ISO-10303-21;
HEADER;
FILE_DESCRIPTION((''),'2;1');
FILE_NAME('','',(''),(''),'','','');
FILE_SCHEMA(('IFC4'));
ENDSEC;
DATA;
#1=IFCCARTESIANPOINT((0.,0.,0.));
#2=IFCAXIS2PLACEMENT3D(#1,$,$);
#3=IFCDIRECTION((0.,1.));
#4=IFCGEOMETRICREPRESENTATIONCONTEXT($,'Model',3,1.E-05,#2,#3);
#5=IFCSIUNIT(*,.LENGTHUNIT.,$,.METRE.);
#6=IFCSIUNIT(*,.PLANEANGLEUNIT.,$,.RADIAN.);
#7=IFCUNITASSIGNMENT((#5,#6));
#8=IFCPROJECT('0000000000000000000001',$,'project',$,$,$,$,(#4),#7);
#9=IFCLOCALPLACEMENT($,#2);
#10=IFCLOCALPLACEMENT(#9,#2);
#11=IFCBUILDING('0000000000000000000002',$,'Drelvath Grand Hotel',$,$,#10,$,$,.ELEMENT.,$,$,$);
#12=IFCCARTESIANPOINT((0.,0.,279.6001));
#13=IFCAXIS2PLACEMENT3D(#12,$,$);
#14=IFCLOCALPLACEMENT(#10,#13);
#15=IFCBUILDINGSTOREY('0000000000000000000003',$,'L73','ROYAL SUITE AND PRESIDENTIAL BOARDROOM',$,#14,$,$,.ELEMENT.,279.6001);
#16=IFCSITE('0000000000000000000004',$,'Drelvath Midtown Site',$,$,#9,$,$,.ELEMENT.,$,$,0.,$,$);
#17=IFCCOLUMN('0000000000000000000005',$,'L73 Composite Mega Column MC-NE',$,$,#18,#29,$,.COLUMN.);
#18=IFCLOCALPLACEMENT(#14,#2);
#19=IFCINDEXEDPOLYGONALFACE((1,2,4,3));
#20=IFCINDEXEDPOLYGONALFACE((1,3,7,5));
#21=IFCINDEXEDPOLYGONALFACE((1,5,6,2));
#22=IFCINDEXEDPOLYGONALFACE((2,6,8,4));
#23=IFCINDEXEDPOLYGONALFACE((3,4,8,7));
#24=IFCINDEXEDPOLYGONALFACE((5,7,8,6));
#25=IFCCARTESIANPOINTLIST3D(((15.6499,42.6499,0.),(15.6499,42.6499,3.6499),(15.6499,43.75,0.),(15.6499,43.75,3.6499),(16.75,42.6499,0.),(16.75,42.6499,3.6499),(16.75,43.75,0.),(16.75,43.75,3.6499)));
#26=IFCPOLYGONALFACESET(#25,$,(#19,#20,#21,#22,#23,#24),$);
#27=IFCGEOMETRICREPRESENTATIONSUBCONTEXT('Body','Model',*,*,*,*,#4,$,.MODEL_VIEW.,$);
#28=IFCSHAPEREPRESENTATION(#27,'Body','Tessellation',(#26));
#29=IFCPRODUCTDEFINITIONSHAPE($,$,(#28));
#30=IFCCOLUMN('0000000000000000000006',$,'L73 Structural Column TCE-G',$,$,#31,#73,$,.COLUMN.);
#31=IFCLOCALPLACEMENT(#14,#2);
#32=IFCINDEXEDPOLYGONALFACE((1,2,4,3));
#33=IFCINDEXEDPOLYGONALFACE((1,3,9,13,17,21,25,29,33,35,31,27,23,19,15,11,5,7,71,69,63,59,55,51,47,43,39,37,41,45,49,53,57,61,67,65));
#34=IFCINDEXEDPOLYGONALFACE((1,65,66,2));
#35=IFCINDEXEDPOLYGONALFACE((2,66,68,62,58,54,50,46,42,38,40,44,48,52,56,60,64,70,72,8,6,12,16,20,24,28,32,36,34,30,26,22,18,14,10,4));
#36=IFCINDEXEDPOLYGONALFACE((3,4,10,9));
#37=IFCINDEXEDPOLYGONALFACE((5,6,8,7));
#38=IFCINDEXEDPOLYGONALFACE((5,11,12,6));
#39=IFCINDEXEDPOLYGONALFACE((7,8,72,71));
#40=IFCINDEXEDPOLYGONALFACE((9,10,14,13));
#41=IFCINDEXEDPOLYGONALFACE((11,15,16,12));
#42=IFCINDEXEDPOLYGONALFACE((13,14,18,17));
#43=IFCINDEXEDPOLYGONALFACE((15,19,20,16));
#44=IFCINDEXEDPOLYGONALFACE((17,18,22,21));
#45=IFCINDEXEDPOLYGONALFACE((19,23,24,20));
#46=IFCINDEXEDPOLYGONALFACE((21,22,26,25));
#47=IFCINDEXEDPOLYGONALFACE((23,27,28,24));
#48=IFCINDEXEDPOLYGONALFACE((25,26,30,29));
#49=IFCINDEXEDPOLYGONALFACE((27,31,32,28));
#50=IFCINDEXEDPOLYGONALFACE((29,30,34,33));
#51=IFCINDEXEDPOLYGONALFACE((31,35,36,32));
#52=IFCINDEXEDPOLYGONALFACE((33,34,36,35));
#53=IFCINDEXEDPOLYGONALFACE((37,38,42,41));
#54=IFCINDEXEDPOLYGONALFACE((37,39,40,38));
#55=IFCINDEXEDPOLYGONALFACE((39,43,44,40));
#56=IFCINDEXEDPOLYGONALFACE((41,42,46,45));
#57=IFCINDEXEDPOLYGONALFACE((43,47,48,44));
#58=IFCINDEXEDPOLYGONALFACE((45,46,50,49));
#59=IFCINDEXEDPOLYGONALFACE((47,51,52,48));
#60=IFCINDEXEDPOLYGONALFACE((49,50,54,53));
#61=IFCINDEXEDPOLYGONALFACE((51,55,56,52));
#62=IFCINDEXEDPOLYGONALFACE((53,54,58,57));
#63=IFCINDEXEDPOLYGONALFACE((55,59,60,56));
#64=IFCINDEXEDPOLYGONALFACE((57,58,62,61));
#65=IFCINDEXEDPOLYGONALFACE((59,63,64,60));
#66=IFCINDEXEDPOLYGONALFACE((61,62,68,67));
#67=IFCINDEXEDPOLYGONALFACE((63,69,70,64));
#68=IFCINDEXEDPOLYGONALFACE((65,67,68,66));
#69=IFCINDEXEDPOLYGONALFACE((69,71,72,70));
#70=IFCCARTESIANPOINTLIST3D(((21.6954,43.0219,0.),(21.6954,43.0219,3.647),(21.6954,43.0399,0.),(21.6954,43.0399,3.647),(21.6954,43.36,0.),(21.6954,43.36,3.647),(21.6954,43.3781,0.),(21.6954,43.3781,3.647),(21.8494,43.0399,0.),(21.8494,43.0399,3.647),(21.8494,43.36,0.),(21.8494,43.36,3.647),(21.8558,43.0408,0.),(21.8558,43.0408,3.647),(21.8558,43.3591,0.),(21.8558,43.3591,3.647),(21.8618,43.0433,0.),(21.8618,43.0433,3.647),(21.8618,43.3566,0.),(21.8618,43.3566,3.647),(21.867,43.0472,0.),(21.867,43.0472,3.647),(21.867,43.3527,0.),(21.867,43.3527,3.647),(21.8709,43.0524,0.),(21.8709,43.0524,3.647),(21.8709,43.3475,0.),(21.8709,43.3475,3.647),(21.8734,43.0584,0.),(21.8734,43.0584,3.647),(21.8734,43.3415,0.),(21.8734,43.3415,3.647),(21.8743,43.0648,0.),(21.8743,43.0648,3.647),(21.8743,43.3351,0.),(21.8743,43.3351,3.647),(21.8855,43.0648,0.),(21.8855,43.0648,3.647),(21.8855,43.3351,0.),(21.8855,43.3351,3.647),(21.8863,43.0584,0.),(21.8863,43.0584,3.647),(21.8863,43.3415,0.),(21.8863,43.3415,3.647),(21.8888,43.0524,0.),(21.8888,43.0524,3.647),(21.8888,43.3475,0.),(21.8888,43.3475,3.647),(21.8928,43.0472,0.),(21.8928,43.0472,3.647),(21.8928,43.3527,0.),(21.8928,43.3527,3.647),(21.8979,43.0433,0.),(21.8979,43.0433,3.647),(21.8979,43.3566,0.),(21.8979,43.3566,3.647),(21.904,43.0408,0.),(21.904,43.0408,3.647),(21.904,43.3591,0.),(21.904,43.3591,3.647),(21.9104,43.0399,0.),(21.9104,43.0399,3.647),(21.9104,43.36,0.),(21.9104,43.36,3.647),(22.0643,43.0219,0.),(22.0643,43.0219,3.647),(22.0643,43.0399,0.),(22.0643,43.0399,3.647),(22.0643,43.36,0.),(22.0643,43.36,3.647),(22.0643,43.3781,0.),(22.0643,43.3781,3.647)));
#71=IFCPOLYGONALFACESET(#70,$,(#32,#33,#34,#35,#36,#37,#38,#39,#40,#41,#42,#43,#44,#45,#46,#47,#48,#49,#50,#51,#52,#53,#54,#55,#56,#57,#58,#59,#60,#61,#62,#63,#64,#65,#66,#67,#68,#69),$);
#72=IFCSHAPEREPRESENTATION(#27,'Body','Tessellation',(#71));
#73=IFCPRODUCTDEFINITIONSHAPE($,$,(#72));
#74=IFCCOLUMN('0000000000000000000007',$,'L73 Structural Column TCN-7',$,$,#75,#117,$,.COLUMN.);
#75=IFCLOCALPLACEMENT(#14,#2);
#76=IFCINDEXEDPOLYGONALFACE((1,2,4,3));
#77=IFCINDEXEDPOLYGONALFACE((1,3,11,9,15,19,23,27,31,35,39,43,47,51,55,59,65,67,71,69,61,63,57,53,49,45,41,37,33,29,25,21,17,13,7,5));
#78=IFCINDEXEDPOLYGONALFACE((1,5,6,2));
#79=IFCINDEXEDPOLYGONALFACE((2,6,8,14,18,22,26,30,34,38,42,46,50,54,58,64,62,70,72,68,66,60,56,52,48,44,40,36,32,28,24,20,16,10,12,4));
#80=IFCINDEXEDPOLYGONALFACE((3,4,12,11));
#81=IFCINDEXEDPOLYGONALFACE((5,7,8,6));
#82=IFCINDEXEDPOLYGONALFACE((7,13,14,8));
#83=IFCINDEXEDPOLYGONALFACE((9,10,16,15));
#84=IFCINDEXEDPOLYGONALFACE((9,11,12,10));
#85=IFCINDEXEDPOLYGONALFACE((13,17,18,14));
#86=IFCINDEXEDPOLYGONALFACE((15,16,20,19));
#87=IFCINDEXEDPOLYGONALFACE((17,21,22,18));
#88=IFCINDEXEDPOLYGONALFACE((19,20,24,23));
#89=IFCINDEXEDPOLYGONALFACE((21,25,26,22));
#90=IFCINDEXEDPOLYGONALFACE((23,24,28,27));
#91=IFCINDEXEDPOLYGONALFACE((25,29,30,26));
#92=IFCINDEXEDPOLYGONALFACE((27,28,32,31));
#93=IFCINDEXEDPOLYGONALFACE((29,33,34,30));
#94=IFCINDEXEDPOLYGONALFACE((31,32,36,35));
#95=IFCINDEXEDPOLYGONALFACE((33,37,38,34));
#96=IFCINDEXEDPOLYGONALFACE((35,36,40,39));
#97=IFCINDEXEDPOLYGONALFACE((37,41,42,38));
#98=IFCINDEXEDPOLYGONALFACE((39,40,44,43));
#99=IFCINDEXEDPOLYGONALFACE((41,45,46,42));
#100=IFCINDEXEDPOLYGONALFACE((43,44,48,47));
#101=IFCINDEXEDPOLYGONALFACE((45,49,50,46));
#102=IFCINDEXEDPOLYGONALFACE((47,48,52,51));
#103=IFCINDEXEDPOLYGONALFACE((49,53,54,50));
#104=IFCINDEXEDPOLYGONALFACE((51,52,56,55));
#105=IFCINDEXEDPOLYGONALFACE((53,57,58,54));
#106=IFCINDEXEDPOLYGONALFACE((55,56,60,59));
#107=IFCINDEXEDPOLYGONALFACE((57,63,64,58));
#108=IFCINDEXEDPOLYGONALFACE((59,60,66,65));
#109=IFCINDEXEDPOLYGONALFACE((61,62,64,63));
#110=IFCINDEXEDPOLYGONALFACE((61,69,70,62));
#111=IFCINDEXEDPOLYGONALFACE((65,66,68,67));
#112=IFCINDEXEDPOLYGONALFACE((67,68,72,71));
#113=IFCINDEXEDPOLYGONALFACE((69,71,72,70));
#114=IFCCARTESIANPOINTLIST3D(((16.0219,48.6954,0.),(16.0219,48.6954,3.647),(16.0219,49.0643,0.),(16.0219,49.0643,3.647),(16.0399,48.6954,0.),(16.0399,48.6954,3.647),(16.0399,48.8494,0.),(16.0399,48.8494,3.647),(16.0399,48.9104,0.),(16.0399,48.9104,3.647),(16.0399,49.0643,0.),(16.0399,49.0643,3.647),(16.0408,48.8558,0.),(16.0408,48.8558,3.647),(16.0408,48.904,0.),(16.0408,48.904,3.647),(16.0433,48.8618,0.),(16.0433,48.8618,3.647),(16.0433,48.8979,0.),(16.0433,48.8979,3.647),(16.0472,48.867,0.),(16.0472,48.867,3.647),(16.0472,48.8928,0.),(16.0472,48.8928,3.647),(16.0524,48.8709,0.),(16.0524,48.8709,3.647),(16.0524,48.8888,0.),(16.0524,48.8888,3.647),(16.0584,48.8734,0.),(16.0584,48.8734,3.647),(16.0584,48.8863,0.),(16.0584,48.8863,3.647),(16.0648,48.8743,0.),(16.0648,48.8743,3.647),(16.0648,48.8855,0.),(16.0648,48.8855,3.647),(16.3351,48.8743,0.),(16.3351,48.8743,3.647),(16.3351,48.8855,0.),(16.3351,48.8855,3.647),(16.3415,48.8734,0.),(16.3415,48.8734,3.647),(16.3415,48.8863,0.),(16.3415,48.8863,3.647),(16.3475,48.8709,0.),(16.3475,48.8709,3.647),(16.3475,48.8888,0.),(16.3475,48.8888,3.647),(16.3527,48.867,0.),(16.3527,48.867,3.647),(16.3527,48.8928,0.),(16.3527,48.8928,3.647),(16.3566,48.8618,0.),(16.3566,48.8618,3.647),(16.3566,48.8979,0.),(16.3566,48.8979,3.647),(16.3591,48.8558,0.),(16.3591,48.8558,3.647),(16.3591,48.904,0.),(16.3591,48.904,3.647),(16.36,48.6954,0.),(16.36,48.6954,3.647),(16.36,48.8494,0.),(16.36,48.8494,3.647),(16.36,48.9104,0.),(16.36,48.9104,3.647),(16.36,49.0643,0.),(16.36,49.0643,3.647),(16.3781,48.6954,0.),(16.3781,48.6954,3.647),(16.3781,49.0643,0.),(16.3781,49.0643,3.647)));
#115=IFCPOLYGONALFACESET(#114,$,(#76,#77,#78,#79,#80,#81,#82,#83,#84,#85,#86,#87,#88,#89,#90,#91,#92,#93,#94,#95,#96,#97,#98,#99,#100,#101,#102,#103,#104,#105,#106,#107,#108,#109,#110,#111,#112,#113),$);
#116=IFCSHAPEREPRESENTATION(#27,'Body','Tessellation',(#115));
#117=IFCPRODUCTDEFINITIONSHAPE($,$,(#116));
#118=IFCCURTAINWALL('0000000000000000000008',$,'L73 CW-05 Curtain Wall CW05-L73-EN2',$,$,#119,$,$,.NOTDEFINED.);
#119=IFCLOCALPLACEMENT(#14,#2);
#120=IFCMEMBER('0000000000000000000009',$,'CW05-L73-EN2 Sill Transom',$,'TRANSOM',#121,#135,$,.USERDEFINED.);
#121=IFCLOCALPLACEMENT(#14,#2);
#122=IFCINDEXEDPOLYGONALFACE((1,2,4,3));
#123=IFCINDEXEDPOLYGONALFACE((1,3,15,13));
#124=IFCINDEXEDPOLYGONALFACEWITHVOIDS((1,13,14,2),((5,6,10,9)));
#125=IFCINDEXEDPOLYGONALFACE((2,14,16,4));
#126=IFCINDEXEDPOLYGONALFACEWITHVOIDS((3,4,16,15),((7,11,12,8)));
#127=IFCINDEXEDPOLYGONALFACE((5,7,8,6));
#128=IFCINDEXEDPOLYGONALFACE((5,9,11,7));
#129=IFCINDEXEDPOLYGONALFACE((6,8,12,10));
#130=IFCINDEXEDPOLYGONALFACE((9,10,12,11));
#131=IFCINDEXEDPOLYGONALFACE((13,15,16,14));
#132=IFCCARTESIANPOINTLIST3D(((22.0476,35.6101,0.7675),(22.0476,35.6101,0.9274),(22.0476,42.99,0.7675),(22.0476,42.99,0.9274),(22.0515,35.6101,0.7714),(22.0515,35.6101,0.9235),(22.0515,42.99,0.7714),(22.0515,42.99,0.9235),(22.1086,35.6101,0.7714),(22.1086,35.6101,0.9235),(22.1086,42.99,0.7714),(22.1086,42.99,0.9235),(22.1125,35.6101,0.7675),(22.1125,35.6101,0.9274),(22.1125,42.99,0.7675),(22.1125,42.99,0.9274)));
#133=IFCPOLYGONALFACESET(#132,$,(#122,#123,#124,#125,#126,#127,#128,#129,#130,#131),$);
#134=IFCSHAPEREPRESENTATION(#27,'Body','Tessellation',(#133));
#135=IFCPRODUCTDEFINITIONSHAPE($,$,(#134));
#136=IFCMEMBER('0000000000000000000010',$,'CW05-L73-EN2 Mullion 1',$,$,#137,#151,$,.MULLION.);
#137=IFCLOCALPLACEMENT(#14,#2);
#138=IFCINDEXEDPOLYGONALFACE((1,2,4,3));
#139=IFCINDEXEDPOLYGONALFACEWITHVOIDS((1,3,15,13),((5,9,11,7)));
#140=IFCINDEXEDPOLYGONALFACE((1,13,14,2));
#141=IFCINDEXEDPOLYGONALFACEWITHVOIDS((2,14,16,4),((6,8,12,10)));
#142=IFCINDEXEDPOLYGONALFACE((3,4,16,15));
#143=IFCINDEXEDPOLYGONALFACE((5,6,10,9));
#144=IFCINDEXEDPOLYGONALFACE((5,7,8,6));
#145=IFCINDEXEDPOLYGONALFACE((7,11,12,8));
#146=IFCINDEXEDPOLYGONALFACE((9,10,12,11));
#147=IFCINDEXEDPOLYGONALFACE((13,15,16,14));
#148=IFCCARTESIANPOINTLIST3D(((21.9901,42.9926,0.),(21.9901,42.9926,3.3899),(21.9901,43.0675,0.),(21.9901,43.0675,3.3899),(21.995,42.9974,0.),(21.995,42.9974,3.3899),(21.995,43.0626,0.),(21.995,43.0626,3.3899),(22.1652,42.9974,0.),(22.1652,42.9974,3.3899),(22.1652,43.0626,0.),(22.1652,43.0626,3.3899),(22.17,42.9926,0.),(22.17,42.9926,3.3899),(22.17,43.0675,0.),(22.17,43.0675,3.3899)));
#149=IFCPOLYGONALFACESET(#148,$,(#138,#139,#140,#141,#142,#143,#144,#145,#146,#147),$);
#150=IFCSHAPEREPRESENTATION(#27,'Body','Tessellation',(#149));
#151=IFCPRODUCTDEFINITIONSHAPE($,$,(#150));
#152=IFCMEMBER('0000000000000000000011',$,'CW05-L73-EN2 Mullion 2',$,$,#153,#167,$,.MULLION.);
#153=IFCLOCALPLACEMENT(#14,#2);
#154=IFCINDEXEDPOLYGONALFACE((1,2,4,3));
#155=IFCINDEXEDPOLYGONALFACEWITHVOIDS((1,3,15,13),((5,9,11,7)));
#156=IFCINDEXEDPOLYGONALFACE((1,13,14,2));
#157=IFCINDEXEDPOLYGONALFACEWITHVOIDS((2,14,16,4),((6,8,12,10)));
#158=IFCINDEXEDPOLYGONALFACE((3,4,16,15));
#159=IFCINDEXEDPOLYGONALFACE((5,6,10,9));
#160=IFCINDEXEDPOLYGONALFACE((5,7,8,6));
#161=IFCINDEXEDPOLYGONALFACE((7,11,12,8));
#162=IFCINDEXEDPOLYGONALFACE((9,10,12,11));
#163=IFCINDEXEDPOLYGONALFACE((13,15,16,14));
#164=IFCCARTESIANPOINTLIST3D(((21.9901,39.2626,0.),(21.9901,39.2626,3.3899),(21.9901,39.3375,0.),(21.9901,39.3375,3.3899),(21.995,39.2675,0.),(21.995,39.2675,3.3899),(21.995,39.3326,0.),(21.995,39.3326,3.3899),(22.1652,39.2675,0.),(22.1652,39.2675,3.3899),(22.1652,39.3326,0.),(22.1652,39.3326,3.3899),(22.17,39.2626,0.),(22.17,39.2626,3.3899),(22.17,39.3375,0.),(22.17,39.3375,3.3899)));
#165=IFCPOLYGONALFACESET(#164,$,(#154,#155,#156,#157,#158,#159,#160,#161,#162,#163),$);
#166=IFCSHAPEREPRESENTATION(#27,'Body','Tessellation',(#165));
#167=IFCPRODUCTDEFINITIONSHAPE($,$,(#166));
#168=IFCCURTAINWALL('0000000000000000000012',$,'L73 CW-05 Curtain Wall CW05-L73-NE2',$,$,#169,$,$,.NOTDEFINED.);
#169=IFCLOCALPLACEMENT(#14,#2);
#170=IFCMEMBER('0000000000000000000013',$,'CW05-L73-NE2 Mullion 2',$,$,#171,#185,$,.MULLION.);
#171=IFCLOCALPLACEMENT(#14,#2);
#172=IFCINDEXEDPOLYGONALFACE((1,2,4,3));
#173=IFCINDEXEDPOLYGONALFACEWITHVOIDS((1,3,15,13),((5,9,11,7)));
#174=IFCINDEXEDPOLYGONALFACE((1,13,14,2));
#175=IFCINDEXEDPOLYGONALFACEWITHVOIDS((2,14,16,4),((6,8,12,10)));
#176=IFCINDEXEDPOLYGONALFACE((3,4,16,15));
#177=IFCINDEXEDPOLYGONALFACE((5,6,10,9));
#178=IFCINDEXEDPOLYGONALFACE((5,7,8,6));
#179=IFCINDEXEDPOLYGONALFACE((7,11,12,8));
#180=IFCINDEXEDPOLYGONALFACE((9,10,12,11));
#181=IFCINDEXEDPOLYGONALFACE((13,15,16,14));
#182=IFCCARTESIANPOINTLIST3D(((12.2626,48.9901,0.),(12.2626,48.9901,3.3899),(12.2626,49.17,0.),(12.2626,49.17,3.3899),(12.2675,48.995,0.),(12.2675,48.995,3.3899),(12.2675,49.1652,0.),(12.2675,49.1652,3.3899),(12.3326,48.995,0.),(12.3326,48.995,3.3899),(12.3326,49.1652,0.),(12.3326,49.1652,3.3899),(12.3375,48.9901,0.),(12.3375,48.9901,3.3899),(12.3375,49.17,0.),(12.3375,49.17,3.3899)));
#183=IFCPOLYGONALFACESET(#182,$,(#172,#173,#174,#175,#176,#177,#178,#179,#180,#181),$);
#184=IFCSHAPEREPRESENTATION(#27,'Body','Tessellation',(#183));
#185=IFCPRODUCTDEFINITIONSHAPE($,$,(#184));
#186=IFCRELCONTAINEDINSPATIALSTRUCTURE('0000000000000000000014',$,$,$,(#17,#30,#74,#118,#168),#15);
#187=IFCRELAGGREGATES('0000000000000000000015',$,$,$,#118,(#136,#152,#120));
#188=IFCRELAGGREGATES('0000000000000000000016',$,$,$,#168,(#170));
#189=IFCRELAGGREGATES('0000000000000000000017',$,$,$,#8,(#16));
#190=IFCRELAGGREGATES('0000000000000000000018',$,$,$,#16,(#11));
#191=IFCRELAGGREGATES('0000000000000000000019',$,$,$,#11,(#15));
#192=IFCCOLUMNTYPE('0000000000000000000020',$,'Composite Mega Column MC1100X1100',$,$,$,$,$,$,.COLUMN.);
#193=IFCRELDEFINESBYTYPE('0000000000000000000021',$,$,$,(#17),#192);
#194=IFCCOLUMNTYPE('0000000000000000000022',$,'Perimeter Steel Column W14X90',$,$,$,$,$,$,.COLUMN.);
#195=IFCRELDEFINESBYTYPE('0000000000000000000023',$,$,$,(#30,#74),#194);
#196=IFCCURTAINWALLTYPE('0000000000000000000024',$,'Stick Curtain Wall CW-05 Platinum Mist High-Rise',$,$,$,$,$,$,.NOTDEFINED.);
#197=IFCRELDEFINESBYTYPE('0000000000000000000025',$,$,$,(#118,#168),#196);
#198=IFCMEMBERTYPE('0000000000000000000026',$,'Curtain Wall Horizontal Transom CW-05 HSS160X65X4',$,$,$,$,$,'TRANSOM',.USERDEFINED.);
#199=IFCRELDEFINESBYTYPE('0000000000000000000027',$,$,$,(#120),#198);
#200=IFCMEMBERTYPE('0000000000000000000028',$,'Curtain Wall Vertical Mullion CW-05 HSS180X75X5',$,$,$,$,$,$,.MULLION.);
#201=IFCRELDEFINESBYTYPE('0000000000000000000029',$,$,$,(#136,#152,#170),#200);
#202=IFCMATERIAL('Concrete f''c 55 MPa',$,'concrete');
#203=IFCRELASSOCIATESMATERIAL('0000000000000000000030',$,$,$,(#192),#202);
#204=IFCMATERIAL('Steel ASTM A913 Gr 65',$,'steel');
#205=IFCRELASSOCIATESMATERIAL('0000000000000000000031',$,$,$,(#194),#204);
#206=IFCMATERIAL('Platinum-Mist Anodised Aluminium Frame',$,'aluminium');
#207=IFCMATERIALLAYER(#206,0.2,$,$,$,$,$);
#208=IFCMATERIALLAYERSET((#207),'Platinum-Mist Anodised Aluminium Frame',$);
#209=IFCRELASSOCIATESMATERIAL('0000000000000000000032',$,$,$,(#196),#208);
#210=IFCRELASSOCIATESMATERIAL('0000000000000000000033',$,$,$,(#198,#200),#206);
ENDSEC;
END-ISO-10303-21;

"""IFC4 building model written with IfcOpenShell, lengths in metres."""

from ifc_helpers import new_model, si_unit, direction, frame, origin, origin_2d, place, context, subcontext, project, spatial, rectangle, hollow_rectangle, i_section, extrude, material, layer, layer_set, material_profile, profile_set, type_object, element, aggregate, save


model = new_model("IFC4")

# Units and contexts
model_context = context("Model", 3, precision=1e-05, world=origin(), true_north=direction((0.0, 1.0)))
body_context = subcontext(model_context, "Body", "Model", "MODEL_VIEW")
ifc_project = project(units=[si_unit("LENGTHUNIT", "METRE"), si_unit("PLANEANGLEUNIT", "RADIAN")], contexts=[model_context])

# Site, building, storey
site_placement = place(None, origin())
site = spatial("IfcSite", under=ifc_project, at=site_placement, Name="Drelvath Midtown Site", CompositionType="ELEMENT", RefElevation=0.0)
building_placement = place(site_placement, origin())
building = spatial("IfcBuilding", under=site, at=building_placement, Name="Drelvath Grand Hotel", CompositionType="ELEMENT")
storey_placement = place(building_placement, frame((0.0, 0.0, 279.6001)))
storey = spatial("IfcBuildingStorey", under=building, at=storey_placement, Name="L73", Description="ROYAL SUITE AND PRESIDENTIAL BOARDROOM", CompositionType="ELEMENT", Elevation=279.6001)

# Columns
ifc_material_1 = material(Name="Concrete f'c 55 MPa", Category="concrete")
ifc_material_profile_1 = material_profile(ifc_material_1, rectangle(XDim=1.1001, YDim=1.1001, at=origin_2d()), Name="MC1100X1100")
ifc_profile_set_1 = profile_set([ifc_material_profile_1], Name="Concrete f'c 55 MPa")
column_type_1 = type_object("IfcColumnType", Name="Composite Mega Column MC1100X1100", PredefinedType="COLUMN", material=ifc_profile_set_1)
column_placement = place(storey_placement, frame((16.2, 43.2, 0.0), z_axis=(0.0, 0.0, 1.0), x_axis=(1.0, 0.0, 0.0)))
element("IfcColumn", 1, at=column_placement, inside=storey, type_object=column_type_1, Name="L73 Composite Mega Column MC-NE", PredefinedType="COLUMN", context=body_context, shape_type="SweptSolid", body=[
    extrude(rectangle(XDim=1.1001, YDim=1.1001, at=origin_2d()), origin(), (0.0, 0.0, 1.0), 3.6499),
])
ifc_material_2 = material(Name="Steel ASTM A913 Gr 65", Category="steel")
ifc_material_profile_2 = material_profile(ifc_material_2, i_section(OverallWidth=0.3689, OverallDepth=0.3562, WebThickness=0.0112, FlangeThickness=0.0181, FilletRadius=0.0249, at=origin_2d()), Name="W14X90")
ifc_profile_set_2 = profile_set([ifc_material_profile_2], Name="Steel ASTM A913 Gr 65")
column_type_2 = type_object("IfcColumnType", Name="Perimeter Steel Column W14X90", PredefinedType="COLUMN", material=ifc_profile_set_2)
for number, where, z_axis, x_axis, name in (
    (2, (21.8799, 43.2, 0.0), (0.0, 0.0, 1.0), (1.0, 0.0, 0.0), "L73 Structural Column TCE-G"),
    (3, (16.2, 48.8799, 0.0), (0.0, 0.0, 1.0), (0.0, 1.0, 0.0), "L73 Structural Column TCN-7"),
):
    element("IfcColumn", number, at=place(storey_placement, frame(where, z_axis=z_axis, x_axis=x_axis)), inside=storey, type_object=column_type_2, Name=name, PredefinedType="COLUMN", context=body_context, shape_type="SweptSolid", body=[
        extrude(i_section(OverallWidth=0.3689, OverallDepth=0.3562, WebThickness=0.0112, FlangeThickness=0.0181, FilletRadius=0.0249, at=origin_2d()), origin(), (0.0, 0.0, 1.0), 3.647),
    ])

# Curtain walls, members
ifc_material_3 = material(Name="Platinum-Mist Anodised Aluminium Frame", Category="aluminium")
ifc_layer_1 = layer(ifc_material_3, 0.2)
ifc_layer_set_1 = layer_set([ifc_layer_1], Name="Platinum-Mist Anodised Aluminium Frame")
curtain_wall_type = type_object("IfcCurtainWallType", Name="Stick Curtain Wall CW-05 Platinum Mist High-Rise", PredefinedType="NOTDEFINED", material=ifc_layer_set_1)
curtain_wall_1_placement = place(storey_placement, origin())
curtain_wall_1 = element("IfcCurtainWall", 4, at=curtain_wall_1_placement, inside=storey, type_object=curtain_wall_type, Name="L73 CW-05 Curtain Wall CW05-L73-EN2", PredefinedType="NOTDEFINED")
ifc_material_profile_3 = material_profile(ifc_material_3, hollow_rectangle(XDim=0.0649, YDim=0.1599, WallThickness=0.0039, at=origin_2d()), Name="HSS160X65X4")
ifc_profile_set_3 = profile_set([ifc_material_profile_3], Name="Platinum-Mist Anodised Aluminium Frame")
member_type_1 = type_object("IfcMemberType", Name="Curtain Wall Horizontal Transom CW-05 HSS160X65X4", ElementType="TRANSOM", PredefinedType="USERDEFINED", material=ifc_profile_set_3)
member_1_placement = place(storey_placement, frame((22.0801, 42.99, 0.8474), z_axis=(0.0, -1.0, 0.0), x_axis=(1.0, 0.0, 0.0)))
member_1 = element("IfcMember", 5, at=member_1_placement, type_object=member_type_1, Name="CW05-L73-EN2 Sill Transom", ObjectType="TRANSOM", PredefinedType="USERDEFINED", context=body_context, shape_type="SweptSolid", body=[
    extrude(hollow_rectangle(XDim=0.0649, YDim=0.1599, WallThickness=0.0039, at=origin_2d()), origin(), (0.0, 0.0, 1.0), 7.3799),
])
ifc_material_profile_4 = material_profile(ifc_material_3, hollow_rectangle(XDim=0.075, YDim=0.1799, WallThickness=0.0049, at=origin_2d()), Name="HSS180X75X5")
ifc_profile_set_4 = profile_set([ifc_material_profile_4], Name="Platinum-Mist Anodised Aluminium Frame")
member_type_2 = type_object("IfcMemberType", Name="Curtain Wall Vertical Mullion CW-05 HSS180X75X5", PredefinedType="MULLION", material=ifc_profile_set_4)
member_2_placement = place(storey_placement, frame((22.0801, 43.03, 0.0), z_axis=(0.0, 0.0, 1.0), x_axis=(0.0, 1.0, 0.0)))
member_2 = element("IfcMember", 6, at=member_2_placement, type_object=member_type_2, Name="CW05-L73-EN2 Mullion 1", PredefinedType="MULLION", context=body_context, shape_type="SweptSolid", body=[
    extrude(hollow_rectangle(XDim=0.075, YDim=0.1799, WallThickness=0.0049, at=origin_2d()), origin(), (0.0, 0.0, 1.0), 3.3899),
])
member_3_placement = place(storey_placement, frame((22.0801, 39.3, 0.0), z_axis=(0.0, 0.0, 1.0), x_axis=(0.0, 1.0, 0.0)))
member_3 = element("IfcMember", 7, at=member_3_placement, type_object=member_type_2, Name="CW05-L73-EN2 Mullion 2", PredefinedType="MULLION", context=body_context, shape_type="SweptSolid", body=[
    extrude(hollow_rectangle(XDim=0.075, YDim=0.1799, WallThickness=0.0049, at=origin_2d()), origin(), (0.0, 0.0, 1.0), 3.3899),
])
curtain_wall_2_placement = place(storey_placement, origin())
curtain_wall_2 = element("IfcCurtainWall", 8, at=curtain_wall_2_placement, inside=storey, type_object=curtain_wall_type, Name="L73 CW-05 Curtain Wall CW05-L73-NE2", PredefinedType="NOTDEFINED")
member_4_placement = place(storey_placement, frame((12.3, 49.0801, 0.0), z_axis=(0.0, 0.0, 1.0), x_axis=(1.0, 0.0, 0.0)))
member_4 = element("IfcMember", 9, at=member_4_placement, type_object=member_type_2, Name="CW05-L73-NE2 Mullion 2", PredefinedType="MULLION", context=body_context, shape_type="SweptSolid", body=[
    extrude(hollow_rectangle(XDim=0.075, YDim=0.1799, WallThickness=0.0049, at=origin_2d()), origin(), (0.0, 0.0, 1.0), 3.3899),
])

aggregate(curtain_wall_1, [member_2, member_3, member_1])
aggregate(curtain_wall_2, [member_4])

save(model, "model.ifc")
